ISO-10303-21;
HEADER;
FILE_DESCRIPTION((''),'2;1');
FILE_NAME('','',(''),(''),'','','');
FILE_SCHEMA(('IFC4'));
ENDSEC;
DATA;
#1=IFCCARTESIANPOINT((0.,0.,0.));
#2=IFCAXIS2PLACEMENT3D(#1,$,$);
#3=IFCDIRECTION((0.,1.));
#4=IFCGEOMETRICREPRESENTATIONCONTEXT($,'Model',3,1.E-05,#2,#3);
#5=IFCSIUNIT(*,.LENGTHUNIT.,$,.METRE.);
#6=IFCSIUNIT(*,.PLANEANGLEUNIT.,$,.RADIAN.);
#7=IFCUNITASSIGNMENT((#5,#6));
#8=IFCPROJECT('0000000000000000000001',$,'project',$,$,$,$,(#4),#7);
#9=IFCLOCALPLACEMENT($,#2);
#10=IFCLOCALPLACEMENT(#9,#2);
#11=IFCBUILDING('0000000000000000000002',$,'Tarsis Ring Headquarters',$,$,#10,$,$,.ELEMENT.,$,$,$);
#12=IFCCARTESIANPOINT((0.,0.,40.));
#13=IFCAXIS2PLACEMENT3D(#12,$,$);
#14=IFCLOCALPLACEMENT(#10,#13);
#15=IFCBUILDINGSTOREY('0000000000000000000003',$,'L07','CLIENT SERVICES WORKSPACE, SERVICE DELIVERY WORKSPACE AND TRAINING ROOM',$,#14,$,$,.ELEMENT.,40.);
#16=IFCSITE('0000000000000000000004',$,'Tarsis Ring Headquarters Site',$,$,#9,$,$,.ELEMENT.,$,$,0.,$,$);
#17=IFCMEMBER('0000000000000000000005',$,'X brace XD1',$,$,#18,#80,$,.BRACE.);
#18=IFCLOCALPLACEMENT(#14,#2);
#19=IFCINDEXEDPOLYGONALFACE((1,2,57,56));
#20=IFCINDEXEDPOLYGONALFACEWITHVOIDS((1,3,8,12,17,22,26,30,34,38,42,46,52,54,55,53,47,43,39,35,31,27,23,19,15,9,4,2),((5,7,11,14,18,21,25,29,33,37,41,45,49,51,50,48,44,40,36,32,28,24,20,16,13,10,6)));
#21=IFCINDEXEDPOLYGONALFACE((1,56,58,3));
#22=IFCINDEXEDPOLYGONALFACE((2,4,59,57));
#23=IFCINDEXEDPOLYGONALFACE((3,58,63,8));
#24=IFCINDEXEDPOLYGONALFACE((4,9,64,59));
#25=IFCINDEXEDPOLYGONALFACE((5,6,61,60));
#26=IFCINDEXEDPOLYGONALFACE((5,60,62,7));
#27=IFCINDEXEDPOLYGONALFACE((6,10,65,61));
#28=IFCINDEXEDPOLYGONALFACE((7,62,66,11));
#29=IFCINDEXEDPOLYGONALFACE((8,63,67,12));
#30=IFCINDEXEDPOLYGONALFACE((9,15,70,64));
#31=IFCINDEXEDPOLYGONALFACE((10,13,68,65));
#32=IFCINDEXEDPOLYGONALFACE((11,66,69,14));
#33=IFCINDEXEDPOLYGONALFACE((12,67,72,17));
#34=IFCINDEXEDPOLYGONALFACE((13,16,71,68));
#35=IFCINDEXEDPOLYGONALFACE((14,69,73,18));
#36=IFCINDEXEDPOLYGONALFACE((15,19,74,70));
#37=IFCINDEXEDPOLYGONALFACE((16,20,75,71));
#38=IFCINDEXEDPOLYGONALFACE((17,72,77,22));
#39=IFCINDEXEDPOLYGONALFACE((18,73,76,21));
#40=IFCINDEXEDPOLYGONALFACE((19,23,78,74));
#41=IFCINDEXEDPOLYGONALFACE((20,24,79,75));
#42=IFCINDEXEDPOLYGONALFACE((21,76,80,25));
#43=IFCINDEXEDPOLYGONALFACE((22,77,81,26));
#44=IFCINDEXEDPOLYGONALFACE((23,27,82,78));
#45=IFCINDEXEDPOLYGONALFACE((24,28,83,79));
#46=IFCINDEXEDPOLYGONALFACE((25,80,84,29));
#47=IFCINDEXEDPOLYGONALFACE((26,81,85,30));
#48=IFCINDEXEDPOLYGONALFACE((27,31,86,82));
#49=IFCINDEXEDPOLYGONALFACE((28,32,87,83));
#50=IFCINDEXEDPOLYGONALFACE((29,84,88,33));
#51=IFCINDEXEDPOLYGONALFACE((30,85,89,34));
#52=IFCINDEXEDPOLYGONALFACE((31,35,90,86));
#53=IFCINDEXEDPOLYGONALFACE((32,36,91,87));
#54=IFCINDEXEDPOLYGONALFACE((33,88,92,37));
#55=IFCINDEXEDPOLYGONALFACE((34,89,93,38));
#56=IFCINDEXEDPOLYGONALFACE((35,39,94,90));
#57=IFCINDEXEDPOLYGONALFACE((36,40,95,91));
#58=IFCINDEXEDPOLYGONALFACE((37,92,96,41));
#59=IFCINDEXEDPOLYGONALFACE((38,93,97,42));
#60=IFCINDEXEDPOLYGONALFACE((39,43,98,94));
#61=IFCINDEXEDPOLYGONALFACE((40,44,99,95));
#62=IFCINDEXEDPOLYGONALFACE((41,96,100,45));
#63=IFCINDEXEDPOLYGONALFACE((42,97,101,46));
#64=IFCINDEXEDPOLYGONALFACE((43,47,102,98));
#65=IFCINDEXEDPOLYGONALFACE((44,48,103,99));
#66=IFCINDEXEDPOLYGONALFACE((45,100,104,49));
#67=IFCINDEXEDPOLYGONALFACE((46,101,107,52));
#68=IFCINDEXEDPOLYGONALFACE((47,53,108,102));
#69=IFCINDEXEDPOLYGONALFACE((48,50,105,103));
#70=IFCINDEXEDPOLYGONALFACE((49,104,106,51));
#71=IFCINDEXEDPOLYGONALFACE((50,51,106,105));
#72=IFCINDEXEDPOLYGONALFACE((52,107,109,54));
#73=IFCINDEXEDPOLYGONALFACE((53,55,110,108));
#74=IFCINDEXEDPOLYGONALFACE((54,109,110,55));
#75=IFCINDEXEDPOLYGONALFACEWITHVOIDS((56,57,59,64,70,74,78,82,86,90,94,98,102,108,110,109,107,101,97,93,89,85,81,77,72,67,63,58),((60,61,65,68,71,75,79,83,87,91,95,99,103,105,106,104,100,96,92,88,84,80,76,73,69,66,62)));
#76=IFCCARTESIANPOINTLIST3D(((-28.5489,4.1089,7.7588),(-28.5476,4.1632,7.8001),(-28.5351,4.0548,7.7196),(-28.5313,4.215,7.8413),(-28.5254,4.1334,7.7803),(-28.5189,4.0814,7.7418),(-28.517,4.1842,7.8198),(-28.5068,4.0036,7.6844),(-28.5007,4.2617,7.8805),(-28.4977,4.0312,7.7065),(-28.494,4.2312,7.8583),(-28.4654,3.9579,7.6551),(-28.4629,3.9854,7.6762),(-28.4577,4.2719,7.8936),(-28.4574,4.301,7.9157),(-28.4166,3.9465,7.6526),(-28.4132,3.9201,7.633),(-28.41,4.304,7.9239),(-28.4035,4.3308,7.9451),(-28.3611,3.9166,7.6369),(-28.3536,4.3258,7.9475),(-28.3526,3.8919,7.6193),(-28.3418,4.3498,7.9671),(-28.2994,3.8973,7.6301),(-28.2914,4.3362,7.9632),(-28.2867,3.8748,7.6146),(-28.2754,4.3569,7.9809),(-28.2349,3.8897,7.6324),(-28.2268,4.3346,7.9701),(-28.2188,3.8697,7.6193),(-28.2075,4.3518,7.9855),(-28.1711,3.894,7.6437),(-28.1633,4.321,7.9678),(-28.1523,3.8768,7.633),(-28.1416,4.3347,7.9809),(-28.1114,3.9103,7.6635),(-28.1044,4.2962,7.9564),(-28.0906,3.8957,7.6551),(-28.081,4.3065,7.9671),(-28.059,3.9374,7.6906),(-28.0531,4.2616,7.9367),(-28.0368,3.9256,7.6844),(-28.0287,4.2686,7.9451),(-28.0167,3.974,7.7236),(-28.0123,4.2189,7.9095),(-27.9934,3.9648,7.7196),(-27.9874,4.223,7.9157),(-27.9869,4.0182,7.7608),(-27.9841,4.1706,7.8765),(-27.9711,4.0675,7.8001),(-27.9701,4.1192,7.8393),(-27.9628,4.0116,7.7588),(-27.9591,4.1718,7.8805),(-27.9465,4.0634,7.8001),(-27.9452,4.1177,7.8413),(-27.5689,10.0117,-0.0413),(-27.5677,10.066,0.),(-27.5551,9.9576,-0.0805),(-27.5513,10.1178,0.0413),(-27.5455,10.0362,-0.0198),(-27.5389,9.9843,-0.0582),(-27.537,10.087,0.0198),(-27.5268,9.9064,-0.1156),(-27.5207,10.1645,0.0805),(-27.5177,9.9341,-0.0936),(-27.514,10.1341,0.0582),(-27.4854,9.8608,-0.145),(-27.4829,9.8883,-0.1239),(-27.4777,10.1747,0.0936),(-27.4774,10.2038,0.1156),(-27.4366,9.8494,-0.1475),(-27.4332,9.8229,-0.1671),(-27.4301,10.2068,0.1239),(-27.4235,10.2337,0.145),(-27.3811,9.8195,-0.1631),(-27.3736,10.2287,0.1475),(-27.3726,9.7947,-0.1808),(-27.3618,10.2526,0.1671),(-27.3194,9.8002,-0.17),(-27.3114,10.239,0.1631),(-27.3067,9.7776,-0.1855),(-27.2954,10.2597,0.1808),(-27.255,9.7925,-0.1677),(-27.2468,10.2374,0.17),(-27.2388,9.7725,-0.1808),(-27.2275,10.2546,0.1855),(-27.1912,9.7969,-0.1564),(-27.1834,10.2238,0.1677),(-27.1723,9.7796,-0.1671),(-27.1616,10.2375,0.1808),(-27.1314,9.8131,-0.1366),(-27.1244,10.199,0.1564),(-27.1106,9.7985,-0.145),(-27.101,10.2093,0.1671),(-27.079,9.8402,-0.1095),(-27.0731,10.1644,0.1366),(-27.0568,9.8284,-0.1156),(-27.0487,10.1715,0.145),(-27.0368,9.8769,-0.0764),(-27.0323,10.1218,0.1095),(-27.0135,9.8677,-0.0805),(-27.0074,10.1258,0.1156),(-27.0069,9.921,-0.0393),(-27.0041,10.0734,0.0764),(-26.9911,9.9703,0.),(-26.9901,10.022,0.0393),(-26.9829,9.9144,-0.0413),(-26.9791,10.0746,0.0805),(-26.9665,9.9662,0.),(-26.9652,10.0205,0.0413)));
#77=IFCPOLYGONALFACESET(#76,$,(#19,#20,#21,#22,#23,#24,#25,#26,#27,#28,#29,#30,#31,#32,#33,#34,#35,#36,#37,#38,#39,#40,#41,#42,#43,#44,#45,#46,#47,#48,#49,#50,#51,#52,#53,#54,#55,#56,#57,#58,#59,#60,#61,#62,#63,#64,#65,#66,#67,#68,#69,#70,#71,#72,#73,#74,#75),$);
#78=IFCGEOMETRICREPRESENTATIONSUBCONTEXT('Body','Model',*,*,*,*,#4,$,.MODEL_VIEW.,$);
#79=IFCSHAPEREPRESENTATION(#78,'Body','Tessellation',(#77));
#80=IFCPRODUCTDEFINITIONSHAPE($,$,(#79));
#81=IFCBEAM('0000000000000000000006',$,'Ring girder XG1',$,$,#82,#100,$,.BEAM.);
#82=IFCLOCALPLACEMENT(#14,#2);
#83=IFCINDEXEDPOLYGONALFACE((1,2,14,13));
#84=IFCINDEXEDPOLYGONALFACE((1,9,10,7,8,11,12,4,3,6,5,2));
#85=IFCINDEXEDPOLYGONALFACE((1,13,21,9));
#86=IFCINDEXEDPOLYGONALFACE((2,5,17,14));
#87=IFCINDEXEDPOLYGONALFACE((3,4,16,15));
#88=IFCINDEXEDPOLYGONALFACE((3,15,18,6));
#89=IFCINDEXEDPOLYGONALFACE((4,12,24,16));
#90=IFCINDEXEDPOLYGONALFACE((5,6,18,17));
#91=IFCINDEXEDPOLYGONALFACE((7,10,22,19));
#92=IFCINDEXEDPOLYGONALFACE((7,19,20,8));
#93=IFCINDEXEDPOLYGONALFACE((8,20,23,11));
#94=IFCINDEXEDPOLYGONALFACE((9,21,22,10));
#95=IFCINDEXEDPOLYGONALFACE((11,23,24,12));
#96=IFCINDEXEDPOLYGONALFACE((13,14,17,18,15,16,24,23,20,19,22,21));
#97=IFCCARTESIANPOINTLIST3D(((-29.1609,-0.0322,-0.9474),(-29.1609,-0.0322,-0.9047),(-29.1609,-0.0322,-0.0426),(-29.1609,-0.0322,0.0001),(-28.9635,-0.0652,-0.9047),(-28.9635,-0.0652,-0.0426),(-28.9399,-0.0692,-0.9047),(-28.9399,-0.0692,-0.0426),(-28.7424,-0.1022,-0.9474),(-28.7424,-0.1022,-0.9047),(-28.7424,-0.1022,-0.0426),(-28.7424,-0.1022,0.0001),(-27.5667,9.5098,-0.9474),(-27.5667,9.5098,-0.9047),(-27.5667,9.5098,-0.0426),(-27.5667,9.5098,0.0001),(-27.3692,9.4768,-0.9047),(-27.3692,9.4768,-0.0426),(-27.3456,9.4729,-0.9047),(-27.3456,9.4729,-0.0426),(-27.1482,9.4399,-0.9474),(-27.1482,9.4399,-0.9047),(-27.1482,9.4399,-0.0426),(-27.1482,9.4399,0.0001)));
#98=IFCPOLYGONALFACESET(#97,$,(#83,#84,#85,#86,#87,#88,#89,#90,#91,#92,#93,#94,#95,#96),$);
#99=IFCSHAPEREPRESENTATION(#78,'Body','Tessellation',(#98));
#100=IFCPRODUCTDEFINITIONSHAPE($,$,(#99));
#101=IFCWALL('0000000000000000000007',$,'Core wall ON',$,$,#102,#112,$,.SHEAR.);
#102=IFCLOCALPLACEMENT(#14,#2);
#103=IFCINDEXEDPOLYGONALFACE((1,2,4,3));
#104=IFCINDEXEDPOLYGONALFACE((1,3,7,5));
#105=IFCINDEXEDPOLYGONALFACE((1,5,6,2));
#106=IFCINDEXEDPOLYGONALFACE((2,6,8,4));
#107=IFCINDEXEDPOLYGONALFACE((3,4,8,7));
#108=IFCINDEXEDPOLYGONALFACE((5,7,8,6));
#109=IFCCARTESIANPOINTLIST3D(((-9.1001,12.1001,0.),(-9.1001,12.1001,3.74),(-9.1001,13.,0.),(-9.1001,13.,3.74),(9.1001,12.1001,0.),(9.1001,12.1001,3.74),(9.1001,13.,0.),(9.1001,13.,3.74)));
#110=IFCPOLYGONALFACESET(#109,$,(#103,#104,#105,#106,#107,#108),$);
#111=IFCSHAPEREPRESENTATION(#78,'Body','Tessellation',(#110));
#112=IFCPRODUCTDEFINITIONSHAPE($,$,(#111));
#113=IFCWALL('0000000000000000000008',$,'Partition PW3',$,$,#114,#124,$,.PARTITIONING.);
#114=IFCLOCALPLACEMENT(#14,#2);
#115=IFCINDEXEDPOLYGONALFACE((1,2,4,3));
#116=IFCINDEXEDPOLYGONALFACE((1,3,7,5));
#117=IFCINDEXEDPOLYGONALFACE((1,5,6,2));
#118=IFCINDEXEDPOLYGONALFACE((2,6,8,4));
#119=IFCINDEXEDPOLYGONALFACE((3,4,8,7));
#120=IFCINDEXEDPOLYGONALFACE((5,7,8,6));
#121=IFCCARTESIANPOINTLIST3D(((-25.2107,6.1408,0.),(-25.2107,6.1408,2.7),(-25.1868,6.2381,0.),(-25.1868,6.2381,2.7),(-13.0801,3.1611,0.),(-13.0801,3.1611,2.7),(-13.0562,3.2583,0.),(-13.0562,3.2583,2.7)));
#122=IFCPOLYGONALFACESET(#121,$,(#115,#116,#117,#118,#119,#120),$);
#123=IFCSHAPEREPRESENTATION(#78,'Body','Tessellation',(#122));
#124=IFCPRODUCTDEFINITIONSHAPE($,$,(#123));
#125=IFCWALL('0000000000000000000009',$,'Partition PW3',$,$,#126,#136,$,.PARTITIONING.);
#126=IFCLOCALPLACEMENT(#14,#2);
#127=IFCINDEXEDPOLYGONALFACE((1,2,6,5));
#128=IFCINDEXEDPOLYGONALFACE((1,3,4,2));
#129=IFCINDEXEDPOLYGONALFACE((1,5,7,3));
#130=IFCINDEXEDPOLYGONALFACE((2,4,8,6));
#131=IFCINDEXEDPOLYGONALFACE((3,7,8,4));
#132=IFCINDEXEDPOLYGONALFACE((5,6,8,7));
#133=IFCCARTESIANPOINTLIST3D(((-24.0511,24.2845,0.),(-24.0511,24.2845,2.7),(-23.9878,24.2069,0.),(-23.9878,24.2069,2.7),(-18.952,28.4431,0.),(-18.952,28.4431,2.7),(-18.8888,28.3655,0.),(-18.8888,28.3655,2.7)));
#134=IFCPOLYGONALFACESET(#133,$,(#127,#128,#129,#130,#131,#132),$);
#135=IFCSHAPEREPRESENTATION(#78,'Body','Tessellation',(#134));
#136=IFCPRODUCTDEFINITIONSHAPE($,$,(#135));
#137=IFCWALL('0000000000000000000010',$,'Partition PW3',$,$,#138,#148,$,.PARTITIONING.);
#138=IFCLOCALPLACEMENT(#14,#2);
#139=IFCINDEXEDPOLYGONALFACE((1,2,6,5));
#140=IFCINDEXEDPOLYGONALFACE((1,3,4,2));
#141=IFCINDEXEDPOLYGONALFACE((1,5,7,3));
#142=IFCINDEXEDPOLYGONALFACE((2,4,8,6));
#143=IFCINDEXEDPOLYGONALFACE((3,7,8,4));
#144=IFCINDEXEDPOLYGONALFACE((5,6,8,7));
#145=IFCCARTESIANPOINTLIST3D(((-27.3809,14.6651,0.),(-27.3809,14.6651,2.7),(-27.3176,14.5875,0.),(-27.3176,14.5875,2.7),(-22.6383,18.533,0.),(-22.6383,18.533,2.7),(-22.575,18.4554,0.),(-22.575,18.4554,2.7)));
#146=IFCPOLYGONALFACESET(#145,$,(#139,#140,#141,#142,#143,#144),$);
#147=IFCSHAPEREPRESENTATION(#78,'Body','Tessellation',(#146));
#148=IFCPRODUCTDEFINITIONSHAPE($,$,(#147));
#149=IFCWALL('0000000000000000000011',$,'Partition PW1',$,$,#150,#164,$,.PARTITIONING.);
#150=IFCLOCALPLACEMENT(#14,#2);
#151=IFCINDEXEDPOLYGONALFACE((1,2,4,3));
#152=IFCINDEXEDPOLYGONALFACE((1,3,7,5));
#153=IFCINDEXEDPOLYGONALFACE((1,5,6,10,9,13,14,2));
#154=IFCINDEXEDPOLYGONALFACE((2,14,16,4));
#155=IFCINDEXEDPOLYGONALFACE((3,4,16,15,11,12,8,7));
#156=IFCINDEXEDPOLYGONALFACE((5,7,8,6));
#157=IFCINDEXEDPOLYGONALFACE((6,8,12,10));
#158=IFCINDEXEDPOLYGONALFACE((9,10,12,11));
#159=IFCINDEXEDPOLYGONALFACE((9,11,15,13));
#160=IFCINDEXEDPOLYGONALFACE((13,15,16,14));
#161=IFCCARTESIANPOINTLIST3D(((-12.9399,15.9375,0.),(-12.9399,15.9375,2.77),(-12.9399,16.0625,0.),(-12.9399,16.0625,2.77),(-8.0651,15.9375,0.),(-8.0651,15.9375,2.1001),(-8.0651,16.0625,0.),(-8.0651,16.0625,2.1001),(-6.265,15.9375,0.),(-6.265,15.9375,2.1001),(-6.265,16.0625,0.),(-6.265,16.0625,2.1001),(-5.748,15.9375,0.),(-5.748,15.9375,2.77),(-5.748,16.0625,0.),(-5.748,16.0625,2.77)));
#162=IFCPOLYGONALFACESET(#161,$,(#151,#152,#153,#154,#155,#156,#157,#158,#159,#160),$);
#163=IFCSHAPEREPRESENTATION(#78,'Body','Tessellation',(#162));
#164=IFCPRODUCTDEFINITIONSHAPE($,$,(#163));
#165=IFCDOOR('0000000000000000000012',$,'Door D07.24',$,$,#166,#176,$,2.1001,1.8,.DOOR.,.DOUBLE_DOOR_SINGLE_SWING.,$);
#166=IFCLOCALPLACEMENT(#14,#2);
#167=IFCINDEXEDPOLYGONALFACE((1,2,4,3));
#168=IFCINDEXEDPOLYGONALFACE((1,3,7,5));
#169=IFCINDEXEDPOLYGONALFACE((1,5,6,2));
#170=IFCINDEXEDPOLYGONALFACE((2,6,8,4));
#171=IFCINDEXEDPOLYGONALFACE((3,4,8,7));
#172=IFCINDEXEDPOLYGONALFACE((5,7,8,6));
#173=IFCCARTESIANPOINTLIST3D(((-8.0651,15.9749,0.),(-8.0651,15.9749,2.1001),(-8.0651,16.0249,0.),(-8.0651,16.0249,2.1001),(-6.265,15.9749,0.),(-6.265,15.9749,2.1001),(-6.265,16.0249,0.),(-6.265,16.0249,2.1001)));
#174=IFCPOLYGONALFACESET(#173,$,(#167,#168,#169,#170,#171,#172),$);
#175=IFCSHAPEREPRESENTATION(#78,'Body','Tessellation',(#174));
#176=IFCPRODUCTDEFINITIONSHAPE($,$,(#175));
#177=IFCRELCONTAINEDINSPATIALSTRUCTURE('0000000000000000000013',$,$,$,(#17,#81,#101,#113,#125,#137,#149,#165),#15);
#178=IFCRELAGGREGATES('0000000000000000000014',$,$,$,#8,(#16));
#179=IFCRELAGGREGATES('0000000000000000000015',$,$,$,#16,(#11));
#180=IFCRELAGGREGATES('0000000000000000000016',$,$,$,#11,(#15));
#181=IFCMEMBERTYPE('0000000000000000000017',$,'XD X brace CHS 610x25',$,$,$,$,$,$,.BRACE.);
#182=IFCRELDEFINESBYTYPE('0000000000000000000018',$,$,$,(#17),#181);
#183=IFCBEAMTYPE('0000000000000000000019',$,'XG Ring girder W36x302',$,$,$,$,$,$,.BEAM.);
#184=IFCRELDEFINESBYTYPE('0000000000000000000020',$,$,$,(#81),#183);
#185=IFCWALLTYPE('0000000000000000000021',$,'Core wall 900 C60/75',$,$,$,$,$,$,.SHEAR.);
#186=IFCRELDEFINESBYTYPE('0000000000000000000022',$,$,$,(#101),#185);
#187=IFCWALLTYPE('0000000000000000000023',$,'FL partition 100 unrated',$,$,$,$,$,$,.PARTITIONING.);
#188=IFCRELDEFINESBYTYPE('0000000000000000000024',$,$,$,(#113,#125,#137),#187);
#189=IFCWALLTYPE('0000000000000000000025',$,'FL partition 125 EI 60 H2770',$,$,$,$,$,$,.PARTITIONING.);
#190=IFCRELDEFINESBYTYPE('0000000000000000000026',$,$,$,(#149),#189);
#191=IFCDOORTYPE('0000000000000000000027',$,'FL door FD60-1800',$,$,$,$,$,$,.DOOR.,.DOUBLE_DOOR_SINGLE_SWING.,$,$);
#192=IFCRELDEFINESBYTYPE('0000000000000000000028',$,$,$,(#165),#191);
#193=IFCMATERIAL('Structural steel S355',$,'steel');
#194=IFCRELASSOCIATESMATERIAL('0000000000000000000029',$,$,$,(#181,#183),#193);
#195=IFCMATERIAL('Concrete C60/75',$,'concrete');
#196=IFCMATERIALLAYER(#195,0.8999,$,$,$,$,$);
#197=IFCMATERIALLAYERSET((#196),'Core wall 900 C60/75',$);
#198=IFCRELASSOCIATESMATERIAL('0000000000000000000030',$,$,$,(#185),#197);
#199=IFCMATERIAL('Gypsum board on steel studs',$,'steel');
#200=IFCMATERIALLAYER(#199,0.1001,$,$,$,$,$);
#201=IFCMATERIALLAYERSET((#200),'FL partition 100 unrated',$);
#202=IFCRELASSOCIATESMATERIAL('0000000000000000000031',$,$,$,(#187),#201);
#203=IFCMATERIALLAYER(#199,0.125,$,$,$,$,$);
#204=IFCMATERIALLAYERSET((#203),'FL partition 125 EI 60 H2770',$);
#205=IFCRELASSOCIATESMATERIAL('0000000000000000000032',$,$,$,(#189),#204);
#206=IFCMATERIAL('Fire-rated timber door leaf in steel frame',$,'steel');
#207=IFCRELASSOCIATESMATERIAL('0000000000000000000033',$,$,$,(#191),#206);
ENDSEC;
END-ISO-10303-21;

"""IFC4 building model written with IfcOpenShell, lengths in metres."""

from ifc_helpers import new_model, si_unit, direction, frame, frame_2d, origin, origin_2d, place, context, subcontext, project, spatial, rectangle, hollow_circle, i_section, extrude, material, layer, layer_set, material_profile, profile_set, type_object, element, fill, save


model = new_model("IFC4")

# Units and contexts
model_context = context("Model", 3, precision=1e-05, world=origin(), true_north=direction((0.0, 1.0)))
body_context = subcontext(model_context, "Body", "Model", "MODEL_VIEW")
ifc_project = project(units=[si_unit("LENGTHUNIT", "METRE"), si_unit("PLANEANGLEUNIT", "RADIAN")], contexts=[model_context])

# Site, building, storey
site_placement = place(None, origin())
site = spatial("IfcSite", under=ifc_project, at=site_placement, Name="Tarsis Ring Headquarters Site", CompositionType="ELEMENT", RefElevation=0.0)
building_placement = place(site_placement, origin())
building = spatial("IfcBuilding", under=site, at=building_placement, Name="Tarsis Ring Headquarters", CompositionType="ELEMENT")
storey_placement = place(building_placement, frame((0.0, 0.0, 40.0)))
storey = spatial("IfcBuildingStorey", under=building, at=storey_placement, Name="L07", Description="CLIENT SERVICES WORKSPACE, SERVICE DELIVERY WORKSPACE AND TRAINING ROOM", CompositionType="ELEMENT", Elevation=40.0)

# Shared definitions
ifc_material_1 = material(Name="Structural steel S355", Category="steel")

# Member
ifc_material_profile_1 = material_profile(ifc_material_1, hollow_circle(Radius=0.3047, WallThickness=0.0249, at=origin_2d()), Name="CHS 610x25")
ifc_profile_set_1 = profile_set([ifc_material_profile_1], Name="Structural steel S355")
member_type = type_object("IfcMemberType", Name="XD X brace CHS 610x25", PredefinedType="BRACE", material=ifc_profile_set_1)
member_placement = place(storey_placement, frame((-27.2671, 10.0161, 0.0), z_axis=(-0.099685, -0.600443, 0.79343), x_axis=(0.986497, -0.163777, 0.0)))
element("IfcMember", 1, at=member_placement, inside=storey, type_object=member_type, Name="X brace XD1", PredefinedType="BRACE", context=body_context, shape_type="SweptSolid", body=[
    extrude(hollow_circle(Radius=0.3047, WallThickness=0.0249, at=origin_2d()), origin(), (0.0, 0.0, 1.0), 9.8308),
])

# Beam
ifc_material_profile_2 = material_profile(ifc_material_1, i_section(OverallWidth=0.4243, OverallDepth=0.9475, WebThickness=0.0239, FlangeThickness=0.0427, at=origin_2d()), Name="W36x302")
ifc_profile_set_2 = profile_set([ifc_material_profile_2], Name="Structural steel S355")
beam_type_1 = type_object("IfcBeamType", Name="XG Ring girder W36x302", PredefinedType="BEAM", material=ifc_profile_set_2)
beam_1_placement = place(storey_placement, frame((-27.3574, 9.4749, -0.4736), z_axis=(-0.164792, -0.986328, 0.0), x_axis=(0.986328, -0.164792, 0.0)))
element("IfcBeam", 2, at=beam_1_placement, inside=storey, type_object=beam_type_1, Name="Ring girder XG1", PredefinedType="BEAM", context=body_context, shape_type="SweptSolid", body=[
    extrude(i_section(OverallWidth=0.4243, OverallDepth=0.9475, WebThickness=0.0239, FlangeThickness=0.0427, at=origin_2d()), origin(), (0.0, 0.0, 1.0), 9.6743),
])

# Walls
ifc_material_2 = material(Name="Concrete C60/75", Category="concrete")
ifc_layer_1 = layer(ifc_material_2, 0.8999)
ifc_layer_set_1 = layer_set([ifc_layer_1], Name="Core wall 900 C60/75")
wall_type_1 = type_object("IfcWallType", Name="Core wall 900 C60/75", PredefinedType="SHEAR", material=ifc_layer_set_1)
wall_1_placement = place(storey_placement, frame((-9.1001, 12.55, 0.0), z_axis=(0.0, 0.0, 1.0), x_axis=(1.0, 0.0, 0.0)))
element("IfcWall", 3, at=wall_1_placement, inside=storey, type_object=wall_type_1, Name="Core wall ON", PredefinedType="SHEAR", context=body_context, shape_type="SweptSolid", body=[
    extrude(rectangle(XDim=18.2002, YDim=0.8999, at=frame_2d((9.1001, 0.0))), origin(), (0.0, 0.0, 1.0), 3.74),
])
ifc_material_3 = material(Name="Gypsum board on steel studs", Category="steel")
ifc_layer_2 = layer(ifc_material_3, 0.1001)
ifc_layer_set_2 = layer_set([ifc_layer_2], Name="FL partition 100 unrated")
wall_type_2 = type_object("IfcWallType", Name="FL partition 100 unrated", PredefinedType="PARTITIONING", material=ifc_layer_set_2)
wall_2_placement = place(storey_placement, frame((-25.1987, 6.1895, 0.0), z_axis=(0.0, 0.0, 1.0), x_axis=(0.971131, -0.238546, 0.0)))
element("IfcWall", 4, at=wall_2_placement, inside=storey, type_object=wall_type_2, Name="Partition PW3", PredefinedType="PARTITIONING", context=body_context, shape_type="SweptSolid", body=[
    extrude(rectangle(XDim=12.4912, YDim=0.1001, at=frame_2d((6.2456, 0.0))), origin(), (0.0, 0.0, 1.0), 2.7),
])
wall_3_placement = place(storey_placement, frame((-24.0195, 24.2456, 0.0), z_axis=(0.0, 0.0, 1.0), x_axis=(0.774948, 0.632025, 0.0)))
element("IfcWall", 5, at=wall_3_placement, inside=storey, type_object=wall_type_2, Name="Partition PW3", PredefinedType="PARTITIONING", context=body_context, shape_type="SweptSolid", body=[
    extrude(rectangle(XDim=6.5798, YDim=0.1001, at=frame_2d((3.29, 0.0))), origin(), (0.0, 0.0, 1.0), 2.7),
])
wall_4_placement = place(storey_placement, frame((-27.3494, 14.6262, 0.0), z_axis=(0.0, 0.0, 1.0), x_axis=(0.774953, 0.632018, 0.0)))
element("IfcWall", 6, at=wall_4_placement, inside=storey, type_object=wall_type_2, Name="Partition PW3", PredefinedType="PARTITIONING", context=body_context, shape_type="SweptSolid", body=[
    extrude(rectangle(XDim=6.1199, YDim=0.1001, at=frame_2d((3.0601, 0.0))), origin(), (0.0, 0.0, 1.0), 2.7),
])

# Wall, opening, door
ifc_layer_3 = layer(ifc_material_3, 0.125)
ifc_layer_set_3 = layer_set([ifc_layer_3], Name="FL partition 125 EI 60 H2770")
wall_type_3 = type_object("IfcWallType", Name="FL partition 125 EI 60 H2770", PredefinedType="PARTITIONING", material=ifc_layer_set_3)
wall_5_placement = place(storey_placement, frame((-12.9399, 16.0, 0.0), z_axis=(0.0, 0.0, 1.0), x_axis=(1.0, 0.0, 0.0)))
wall_5 = element("IfcWall", 7, at=wall_5_placement, inside=storey, type_object=wall_type_3, Name="Partition PW1", PredefinedType="PARTITIONING", context=body_context, shape_type="SweptSolid", body=[
    extrude(rectangle(XDim=7.1919, YDim=0.125, at=frame_2d((3.5959, 0.0))), origin(), (0.0, 0.0, 1.0), 2.77),
])
opening_1_placement = place(wall_5_placement, frame((4.875, 0.0, 0.0)))
opening_1 = element("IfcOpeningElement", 8, at=opening_1_placement, cuts=wall_5, PredefinedType="OPENING", context=body_context, shape_type="SweptSolid", body=[
    extrude(rectangle(XDim=1.8, YDim=2.1001, at=frame_2d((0.8999, 1.05))), frame((0.0, 0.0725, 0.0), z_axis=(0.0, -1.0, 0.0), x_axis=(1.0, 0.0, 0.0)), (0.0, 0.0, 1.0), 0.145),
])
ifc_material_4 = material(Name="Fire-rated timber door leaf in steel frame", Category="steel")
door_type_1 = type_object("IfcDoorType", Name="FL door FD60-1800", OperationType="DOUBLE_DOOR_SINGLE_SWING", PredefinedType="DOOR", material=ifc_material_4)
door_1_placement = place(opening_1_placement, origin())
door_1 = element("IfcDoor", 9, at=door_1_placement, inside=storey, type_object=door_type_1, Name="Door D07.24", OperationType="DOUBLE_DOOR_SINGLE_SWING", OverallHeight=2.1001, OverallWidth=1.8, PredefinedType="DOOR", context=body_context, shape_type="SweptSolid", body=[
    extrude(rectangle(XDim=1.8, YDim=2.1001, at=frame_2d((0.8999, 1.05))), frame((0.0, 0.0249, 0.0), z_axis=(0.0, -1.0, 0.0), x_axis=(1.0, 0.0, 0.0)), (0.0, 0.0, 1.0), 0.05),
])
fill(opening_1, door_1)

save(model, "model.ifc")
